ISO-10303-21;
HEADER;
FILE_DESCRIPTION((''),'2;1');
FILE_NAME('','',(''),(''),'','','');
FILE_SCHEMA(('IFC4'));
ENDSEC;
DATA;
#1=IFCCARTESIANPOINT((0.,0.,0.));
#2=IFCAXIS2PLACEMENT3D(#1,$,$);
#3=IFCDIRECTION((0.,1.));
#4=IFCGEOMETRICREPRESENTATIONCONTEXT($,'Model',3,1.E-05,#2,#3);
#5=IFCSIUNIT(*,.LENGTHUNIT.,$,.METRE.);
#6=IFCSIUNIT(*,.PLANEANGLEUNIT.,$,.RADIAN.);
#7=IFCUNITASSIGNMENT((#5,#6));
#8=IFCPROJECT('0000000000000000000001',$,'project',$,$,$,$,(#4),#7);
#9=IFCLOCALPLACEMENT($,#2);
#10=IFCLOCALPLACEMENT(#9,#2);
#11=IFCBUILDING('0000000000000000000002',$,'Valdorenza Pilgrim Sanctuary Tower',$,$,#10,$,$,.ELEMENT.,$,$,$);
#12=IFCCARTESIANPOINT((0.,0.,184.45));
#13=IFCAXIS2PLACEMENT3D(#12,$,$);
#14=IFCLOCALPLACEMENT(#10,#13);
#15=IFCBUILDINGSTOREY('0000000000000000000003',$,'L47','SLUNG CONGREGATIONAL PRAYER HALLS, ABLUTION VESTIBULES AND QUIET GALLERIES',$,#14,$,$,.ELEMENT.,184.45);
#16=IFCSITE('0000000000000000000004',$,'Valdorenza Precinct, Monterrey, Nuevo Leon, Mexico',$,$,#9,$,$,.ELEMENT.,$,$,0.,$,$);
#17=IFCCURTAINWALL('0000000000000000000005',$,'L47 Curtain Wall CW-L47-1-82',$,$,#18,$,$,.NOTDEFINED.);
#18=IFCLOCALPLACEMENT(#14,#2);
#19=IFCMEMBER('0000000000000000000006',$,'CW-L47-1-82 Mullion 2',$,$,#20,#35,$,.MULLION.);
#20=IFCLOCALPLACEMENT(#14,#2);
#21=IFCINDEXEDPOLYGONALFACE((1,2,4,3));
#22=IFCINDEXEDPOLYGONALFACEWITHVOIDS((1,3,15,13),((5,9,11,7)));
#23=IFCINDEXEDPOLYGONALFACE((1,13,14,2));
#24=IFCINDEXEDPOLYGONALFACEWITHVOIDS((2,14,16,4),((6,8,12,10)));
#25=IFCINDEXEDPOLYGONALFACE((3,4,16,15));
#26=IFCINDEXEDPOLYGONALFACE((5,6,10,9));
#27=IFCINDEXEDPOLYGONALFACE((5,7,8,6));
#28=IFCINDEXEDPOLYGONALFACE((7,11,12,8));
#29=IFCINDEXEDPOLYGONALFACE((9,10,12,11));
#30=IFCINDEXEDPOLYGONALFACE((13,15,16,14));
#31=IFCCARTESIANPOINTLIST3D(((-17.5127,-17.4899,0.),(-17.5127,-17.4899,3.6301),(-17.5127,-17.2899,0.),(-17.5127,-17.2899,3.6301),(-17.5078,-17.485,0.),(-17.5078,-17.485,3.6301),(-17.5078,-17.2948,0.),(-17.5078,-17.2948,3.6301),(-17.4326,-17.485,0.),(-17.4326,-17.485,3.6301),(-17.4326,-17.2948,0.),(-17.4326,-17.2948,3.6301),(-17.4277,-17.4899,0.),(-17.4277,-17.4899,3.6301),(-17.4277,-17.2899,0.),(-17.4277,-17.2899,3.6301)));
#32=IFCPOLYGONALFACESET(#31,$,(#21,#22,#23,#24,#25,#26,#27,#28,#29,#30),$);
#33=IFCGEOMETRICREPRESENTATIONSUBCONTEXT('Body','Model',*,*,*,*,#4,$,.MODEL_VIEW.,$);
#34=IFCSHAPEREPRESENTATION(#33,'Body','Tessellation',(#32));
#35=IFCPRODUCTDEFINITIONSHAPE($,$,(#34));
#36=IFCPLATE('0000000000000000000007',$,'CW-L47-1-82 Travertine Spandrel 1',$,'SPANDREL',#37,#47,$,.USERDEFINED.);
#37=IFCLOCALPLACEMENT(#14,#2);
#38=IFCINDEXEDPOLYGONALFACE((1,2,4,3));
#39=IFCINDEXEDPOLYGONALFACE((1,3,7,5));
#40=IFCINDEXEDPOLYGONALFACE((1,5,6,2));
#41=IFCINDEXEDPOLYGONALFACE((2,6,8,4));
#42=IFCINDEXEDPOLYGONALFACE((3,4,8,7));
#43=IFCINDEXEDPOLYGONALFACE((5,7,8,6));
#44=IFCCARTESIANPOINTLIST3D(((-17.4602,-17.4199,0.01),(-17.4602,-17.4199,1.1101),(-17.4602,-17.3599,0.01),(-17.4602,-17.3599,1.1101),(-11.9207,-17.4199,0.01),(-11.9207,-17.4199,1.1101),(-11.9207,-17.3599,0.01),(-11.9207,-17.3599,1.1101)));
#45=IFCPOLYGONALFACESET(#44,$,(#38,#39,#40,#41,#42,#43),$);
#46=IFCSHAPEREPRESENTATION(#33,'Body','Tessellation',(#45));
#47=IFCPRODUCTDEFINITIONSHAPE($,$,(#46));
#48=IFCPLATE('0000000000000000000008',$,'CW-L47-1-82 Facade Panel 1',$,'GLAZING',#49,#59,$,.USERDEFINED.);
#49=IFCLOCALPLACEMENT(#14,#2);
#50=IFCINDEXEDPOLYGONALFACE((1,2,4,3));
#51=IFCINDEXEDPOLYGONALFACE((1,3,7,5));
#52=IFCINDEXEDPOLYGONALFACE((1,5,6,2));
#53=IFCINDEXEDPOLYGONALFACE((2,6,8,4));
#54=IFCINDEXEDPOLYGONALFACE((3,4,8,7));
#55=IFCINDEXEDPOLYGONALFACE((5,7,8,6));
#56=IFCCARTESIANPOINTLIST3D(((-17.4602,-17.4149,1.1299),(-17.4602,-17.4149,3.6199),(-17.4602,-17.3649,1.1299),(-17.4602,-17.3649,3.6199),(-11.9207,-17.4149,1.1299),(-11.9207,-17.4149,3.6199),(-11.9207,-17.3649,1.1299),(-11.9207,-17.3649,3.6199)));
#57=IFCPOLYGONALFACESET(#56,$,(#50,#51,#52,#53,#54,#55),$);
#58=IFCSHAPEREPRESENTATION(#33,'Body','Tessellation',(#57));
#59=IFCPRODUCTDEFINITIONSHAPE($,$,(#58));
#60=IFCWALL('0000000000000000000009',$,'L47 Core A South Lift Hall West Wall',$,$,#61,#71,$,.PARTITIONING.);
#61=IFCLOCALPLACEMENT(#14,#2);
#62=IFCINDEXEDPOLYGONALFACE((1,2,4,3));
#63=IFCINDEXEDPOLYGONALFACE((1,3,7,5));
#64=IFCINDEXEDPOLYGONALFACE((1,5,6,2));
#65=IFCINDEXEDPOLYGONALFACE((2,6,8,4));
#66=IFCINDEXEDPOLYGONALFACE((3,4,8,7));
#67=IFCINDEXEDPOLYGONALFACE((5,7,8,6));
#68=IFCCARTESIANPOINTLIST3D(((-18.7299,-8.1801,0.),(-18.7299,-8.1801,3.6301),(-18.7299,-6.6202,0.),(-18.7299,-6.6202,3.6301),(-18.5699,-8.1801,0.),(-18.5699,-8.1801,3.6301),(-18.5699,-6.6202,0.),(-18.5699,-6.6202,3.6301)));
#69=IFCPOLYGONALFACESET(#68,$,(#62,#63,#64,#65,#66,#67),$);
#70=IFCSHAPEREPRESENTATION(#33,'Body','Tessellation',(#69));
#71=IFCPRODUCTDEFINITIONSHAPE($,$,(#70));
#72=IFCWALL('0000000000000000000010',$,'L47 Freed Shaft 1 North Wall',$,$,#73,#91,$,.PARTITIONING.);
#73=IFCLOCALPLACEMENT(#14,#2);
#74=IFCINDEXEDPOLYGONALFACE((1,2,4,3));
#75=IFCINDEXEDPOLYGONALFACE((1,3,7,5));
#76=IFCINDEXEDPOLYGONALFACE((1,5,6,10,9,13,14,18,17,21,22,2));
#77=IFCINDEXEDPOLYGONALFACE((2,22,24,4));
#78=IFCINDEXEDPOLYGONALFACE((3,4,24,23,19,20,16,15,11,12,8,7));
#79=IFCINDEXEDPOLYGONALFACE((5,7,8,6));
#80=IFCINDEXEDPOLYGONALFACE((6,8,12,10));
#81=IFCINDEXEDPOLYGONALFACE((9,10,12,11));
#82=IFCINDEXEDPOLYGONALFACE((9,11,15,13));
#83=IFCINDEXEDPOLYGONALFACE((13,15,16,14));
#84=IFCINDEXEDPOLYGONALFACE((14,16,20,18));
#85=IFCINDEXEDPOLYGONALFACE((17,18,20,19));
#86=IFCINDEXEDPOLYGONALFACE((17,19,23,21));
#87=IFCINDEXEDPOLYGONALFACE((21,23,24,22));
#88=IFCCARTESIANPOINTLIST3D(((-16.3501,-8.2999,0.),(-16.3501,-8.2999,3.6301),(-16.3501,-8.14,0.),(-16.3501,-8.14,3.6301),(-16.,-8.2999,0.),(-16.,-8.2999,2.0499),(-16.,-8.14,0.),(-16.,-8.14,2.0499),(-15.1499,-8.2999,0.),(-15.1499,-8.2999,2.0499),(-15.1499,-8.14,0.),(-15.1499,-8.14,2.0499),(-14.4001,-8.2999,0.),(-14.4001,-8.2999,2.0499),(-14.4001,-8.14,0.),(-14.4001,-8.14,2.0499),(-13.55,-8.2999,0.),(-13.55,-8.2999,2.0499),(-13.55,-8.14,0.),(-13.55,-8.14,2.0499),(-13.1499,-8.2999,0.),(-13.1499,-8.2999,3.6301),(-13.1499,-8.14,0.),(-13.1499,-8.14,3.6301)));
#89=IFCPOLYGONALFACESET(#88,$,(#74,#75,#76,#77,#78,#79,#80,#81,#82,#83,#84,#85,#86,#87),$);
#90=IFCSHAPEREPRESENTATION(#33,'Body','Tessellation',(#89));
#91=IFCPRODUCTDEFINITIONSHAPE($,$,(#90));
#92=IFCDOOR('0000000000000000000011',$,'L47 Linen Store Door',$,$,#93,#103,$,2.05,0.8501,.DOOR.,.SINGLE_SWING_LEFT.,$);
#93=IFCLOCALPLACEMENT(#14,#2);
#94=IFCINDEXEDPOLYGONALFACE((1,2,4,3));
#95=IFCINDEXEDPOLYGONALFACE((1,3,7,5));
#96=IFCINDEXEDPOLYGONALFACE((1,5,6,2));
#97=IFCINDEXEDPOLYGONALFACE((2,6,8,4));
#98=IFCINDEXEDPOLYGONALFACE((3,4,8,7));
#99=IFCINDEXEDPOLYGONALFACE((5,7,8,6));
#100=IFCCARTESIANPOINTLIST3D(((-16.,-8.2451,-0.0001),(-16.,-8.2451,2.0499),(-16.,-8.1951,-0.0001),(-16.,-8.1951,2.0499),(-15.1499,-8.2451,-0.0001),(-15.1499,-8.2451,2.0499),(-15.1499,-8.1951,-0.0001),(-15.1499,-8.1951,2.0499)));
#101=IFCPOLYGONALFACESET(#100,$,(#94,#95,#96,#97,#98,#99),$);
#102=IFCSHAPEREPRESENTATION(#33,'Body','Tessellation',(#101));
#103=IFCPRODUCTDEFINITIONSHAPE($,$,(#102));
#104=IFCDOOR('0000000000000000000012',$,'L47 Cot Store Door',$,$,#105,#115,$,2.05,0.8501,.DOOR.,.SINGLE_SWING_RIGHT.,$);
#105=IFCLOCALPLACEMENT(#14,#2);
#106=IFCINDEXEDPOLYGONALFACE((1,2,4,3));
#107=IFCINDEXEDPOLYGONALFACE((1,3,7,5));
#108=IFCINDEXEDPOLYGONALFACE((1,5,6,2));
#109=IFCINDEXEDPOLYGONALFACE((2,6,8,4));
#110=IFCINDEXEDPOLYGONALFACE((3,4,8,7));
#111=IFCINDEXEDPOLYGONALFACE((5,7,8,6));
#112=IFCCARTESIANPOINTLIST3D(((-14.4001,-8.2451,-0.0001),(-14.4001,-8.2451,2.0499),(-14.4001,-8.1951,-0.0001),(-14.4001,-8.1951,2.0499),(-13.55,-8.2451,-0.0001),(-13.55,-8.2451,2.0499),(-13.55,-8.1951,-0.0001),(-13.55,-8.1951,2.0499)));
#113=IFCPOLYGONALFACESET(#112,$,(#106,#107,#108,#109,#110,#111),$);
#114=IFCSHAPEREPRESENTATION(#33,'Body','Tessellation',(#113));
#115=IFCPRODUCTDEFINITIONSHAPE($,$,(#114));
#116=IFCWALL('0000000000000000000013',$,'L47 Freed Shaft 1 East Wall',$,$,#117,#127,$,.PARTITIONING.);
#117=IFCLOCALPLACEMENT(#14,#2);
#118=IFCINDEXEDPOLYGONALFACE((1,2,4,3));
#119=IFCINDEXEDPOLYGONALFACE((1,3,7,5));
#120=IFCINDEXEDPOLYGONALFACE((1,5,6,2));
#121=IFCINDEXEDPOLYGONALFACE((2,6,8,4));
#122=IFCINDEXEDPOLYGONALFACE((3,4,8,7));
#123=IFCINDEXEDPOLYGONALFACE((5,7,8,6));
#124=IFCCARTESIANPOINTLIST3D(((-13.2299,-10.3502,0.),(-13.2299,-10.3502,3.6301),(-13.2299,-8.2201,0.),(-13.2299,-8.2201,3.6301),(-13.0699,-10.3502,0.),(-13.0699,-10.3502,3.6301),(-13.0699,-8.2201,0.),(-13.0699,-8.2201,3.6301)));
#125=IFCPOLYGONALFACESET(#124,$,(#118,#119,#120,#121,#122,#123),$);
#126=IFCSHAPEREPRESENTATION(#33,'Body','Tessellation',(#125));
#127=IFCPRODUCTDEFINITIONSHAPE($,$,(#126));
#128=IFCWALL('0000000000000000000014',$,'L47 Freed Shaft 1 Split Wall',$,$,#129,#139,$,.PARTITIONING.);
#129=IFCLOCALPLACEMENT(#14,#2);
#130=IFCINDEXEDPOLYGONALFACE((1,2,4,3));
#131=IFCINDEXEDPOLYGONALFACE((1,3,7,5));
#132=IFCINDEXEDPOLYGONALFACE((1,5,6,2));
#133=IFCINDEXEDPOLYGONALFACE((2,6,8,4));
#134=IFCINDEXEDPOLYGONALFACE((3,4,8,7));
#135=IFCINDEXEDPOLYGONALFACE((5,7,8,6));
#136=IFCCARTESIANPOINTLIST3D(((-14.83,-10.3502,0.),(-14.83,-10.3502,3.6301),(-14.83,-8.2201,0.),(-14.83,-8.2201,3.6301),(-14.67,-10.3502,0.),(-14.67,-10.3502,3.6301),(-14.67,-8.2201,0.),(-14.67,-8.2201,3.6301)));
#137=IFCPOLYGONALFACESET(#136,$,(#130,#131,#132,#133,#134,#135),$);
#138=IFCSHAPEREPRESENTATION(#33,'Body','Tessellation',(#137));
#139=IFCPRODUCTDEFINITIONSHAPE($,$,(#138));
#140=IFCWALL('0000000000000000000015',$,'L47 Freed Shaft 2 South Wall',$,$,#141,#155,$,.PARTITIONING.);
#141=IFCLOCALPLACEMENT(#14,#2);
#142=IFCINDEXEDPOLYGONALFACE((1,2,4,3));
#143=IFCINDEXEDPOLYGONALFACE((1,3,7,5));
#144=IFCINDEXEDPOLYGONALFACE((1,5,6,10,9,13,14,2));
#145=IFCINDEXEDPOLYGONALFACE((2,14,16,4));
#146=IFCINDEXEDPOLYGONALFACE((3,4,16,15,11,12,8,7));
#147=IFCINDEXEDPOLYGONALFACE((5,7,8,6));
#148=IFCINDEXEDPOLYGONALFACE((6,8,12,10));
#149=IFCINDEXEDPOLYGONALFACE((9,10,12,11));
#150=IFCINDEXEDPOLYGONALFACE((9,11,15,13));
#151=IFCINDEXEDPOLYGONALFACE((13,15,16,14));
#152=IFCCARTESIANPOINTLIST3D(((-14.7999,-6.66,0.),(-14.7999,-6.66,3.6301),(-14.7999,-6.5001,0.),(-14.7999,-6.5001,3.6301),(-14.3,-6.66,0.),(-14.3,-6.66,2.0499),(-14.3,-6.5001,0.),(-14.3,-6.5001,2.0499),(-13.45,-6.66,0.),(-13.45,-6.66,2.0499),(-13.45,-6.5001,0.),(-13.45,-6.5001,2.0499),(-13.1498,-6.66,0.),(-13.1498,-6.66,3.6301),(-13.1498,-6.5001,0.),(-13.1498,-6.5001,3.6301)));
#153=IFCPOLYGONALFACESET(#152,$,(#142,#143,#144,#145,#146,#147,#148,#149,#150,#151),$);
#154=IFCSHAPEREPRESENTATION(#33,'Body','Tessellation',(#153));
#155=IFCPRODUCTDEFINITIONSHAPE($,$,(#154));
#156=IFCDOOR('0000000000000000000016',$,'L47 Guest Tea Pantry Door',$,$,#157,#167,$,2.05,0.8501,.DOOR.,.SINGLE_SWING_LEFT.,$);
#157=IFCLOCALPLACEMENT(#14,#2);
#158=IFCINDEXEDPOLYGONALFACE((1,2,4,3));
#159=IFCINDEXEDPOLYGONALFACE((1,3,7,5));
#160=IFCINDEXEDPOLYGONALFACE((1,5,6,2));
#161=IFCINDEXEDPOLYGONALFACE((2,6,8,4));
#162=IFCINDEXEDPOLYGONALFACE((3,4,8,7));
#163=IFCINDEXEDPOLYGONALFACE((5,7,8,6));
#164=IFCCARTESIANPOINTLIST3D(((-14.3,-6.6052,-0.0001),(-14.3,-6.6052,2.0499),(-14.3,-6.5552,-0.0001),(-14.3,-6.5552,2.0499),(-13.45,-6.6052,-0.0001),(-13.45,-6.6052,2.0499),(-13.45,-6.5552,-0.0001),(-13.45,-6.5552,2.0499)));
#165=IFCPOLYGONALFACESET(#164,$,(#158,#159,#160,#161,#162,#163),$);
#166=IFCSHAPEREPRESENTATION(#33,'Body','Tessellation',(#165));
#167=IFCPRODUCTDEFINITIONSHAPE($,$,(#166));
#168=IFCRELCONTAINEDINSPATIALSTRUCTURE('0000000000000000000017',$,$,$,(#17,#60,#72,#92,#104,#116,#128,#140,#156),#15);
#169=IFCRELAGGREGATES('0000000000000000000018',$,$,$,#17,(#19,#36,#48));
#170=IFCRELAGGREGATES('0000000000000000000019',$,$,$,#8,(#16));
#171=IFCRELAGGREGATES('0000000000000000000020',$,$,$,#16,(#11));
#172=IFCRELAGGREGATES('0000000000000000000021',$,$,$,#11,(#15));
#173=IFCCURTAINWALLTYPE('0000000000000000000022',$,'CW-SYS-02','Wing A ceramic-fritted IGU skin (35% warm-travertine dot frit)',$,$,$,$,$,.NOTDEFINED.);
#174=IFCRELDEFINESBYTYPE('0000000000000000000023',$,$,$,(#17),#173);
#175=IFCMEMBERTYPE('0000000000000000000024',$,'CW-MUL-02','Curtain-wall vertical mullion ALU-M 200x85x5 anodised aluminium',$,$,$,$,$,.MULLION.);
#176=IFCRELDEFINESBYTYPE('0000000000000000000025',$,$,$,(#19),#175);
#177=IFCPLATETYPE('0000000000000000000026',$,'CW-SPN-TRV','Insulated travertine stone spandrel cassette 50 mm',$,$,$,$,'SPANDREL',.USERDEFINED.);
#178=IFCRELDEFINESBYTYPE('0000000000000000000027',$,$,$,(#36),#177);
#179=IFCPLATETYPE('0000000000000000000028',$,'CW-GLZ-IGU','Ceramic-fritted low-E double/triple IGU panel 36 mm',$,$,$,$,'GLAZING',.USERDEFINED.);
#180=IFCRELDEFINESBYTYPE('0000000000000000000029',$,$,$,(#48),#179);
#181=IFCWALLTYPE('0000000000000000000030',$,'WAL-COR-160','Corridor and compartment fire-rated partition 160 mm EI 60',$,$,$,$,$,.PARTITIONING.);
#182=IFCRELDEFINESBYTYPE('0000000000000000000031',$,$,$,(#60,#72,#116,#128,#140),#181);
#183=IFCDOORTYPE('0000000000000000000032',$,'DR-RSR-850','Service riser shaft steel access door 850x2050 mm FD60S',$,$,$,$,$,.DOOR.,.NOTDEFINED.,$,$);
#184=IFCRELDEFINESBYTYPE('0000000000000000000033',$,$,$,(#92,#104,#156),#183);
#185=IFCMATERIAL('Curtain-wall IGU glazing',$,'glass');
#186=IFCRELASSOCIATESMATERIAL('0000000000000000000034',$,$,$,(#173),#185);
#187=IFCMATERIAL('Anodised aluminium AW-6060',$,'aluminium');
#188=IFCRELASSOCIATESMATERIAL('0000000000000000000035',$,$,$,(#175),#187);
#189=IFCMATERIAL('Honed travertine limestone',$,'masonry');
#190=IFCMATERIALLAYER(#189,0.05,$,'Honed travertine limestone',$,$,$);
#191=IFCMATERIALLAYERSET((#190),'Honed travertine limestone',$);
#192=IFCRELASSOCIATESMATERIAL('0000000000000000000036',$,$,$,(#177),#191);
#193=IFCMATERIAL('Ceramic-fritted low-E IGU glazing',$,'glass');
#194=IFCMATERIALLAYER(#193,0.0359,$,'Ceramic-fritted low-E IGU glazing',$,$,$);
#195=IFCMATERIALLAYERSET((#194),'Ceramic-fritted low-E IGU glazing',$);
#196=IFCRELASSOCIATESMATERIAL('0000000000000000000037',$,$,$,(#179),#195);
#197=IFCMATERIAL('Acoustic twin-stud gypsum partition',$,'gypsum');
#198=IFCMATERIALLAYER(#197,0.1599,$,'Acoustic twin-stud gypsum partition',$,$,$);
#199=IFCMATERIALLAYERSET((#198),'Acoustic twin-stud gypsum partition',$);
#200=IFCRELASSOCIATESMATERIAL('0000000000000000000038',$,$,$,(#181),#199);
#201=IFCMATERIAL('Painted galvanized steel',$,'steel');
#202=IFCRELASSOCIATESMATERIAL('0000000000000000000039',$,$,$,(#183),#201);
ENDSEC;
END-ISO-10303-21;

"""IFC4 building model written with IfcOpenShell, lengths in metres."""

from ifc_helpers import new_model, si_unit, direction, frame, frame_2d, origin, origin_2d, place, context, subcontext, project, spatial, rectangle, hollow_rectangle, extrude, source, transform, mapped, material, layer, layer_set, material_profile, profile_set, type_object, element, fill, aggregate, save


model = new_model("IFC4")

# Units and contexts
model_context = context("Model", 3, precision=1e-05, world=origin(), true_north=direction((0.0, 1.0)))
body_context = subcontext(model_context, "Body", "Model", "MODEL_VIEW")
ifc_project = project(units=[si_unit("LENGTHUNIT", "METRE"), si_unit("PLANEANGLEUNIT", "RADIAN")], contexts=[model_context])

# Site, building, storey
site_placement = place(None, origin())
site = spatial("IfcSite", under=ifc_project, at=site_placement, Name="Valdorenza Precinct, Monterrey, Nuevo Leon, Mexico", CompositionType="ELEMENT", RefElevation=0.0)
building_placement = place(site_placement, origin())
building = spatial("IfcBuilding", under=site, at=building_placement, Name="Valdorenza Pilgrim Sanctuary Tower", CompositionType="ELEMENT")
storey_placement = place(building_placement, frame((0.0, 0.0, 184.45)))
storey = spatial("IfcBuildingStorey", under=building, at=storey_placement, Name="L47", Description="SLUNG CONGREGATIONAL PRAYER HALLS, ABLUTION VESTIBULES AND QUIET GALLERIES", CompositionType="ELEMENT", Elevation=184.45)

# Curtain wall, member, plates
ifc_material_1 = material(Name="Curtain-wall IGU glazing", Category="glass")
curtain_wall_type = type_object("IfcCurtainWallType", Name="CW-SYS-02", Description="Wing A ceramic-fritted IGU skin (35% warm-travertine dot frit)", PredefinedType="NOTDEFINED", material=ifc_material_1)
curtain_wall_placement = place(storey_placement, origin())
curtain_wall = element("IfcCurtainWall", 1, at=curtain_wall_placement, inside=storey, type_object=curtain_wall_type, Name="L47 Curtain Wall CW-L47-1-82", PredefinedType="NOTDEFINED")
ifc_material_2 = material(Name="Anodised aluminium AW-6060", Category="aluminium")
ifc_material_profile = material_profile(ifc_material_2, hollow_rectangle(XDim=0.085, YDim=0.2, WallThickness=0.0049, at=origin_2d()), Name="ALU-M 200x85x5")
ifc_profile_set = profile_set([ifc_material_profile], Name="Anodised aluminium AW-6060")
member_type = type_object("IfcMemberType", Name="CW-MUL-02", Description="Curtain-wall vertical mullion ALU-M 200x85x5 anodised aluminium", PredefinedType="MULLION", material=ifc_profile_set)
shared_shape_1 = source(origin(), body_context, "Body", "SweptSolid", [
    extrude(hollow_rectangle(XDim=0.085, YDim=0.2, WallThickness=0.0049, at=origin_2d()), origin(), (0.0, 0.0, 1.0), 3.6301),
])
member_placement = place(storey_placement, frame((-17.4702, -17.3899, 0.0), z_axis=(0.0, 0.0, 1.0), x_axis=(-1.0, 0.0, 0.0)))
member = element("IfcMember", 2, at=member_placement, type_object=member_type, Name="CW-L47-1-82 Mullion 2", PredefinedType="MULLION", context=body_context, shape_type="MappedRepresentation", body=[
    mapped(shared_shape_1, transform((0.0, 0.0, 0.0), x_axis=(1.0, 0.0, 0.0), y_axis=(0.0, 1.0, 0.0), z_axis=(0.0, 0.0, 1.0), scale=1.0)),
])
ifc_material_3 = material(Name="Honed travertine limestone", Category="masonry")
ifc_layer_1 = layer(ifc_material_3, 0.05, Name="Honed travertine limestone")
ifc_layer_set_1 = layer_set([ifc_layer_1], Name="Honed travertine limestone")
plate_type_1 = type_object("IfcPlateType", Name="CW-SPN-TRV", Description="Insulated travertine stone spandrel cassette 50 mm", ElementType="SPANDREL", PredefinedType="USERDEFINED", material=ifc_layer_set_1)
shared_shape_2 = source(origin(), body_context, "Body", "SweptSolid", [
    extrude(rectangle(XDim=5.5396, YDim=0.0601, at=origin_2d()), origin(), (0.0, 0.0, 1.0), 1.1001),
])
plate_1_placement = place(storey_placement, frame((-14.6904, -17.3899, 0.01), z_axis=(0.0, 0.0, 1.0), x_axis=(-1.0, 0.0, 0.0)))
plate_1 = element("IfcPlate", 3, at=plate_1_placement, type_object=plate_type_1, Name="CW-L47-1-82 Travertine Spandrel 1", ObjectType="SPANDREL", PredefinedType="USERDEFINED", context=body_context, shape_type="MappedRepresentation", body=[
    mapped(shared_shape_2, transform((0.0, 0.0, 0.0), x_axis=(1.0, 0.0, 0.0), y_axis=(0.0, 1.0, 0.0), z_axis=(0.0, 0.0, 1.0), scale=1.0)),
])
ifc_material_4 = material(Name="Ceramic-fritted low-E IGU glazing", Category="glass")
ifc_layer_2 = layer(ifc_material_4, 0.0359, Name="Ceramic-fritted low-E IGU glazing")
ifc_layer_set_2 = layer_set([ifc_layer_2], Name="Ceramic-fritted low-E IGU glazing")
plate_type_2 = type_object("IfcPlateType", Name="CW-GLZ-IGU", Description="Ceramic-fritted low-E double/triple IGU panel 36 mm", ElementType="GLAZING", PredefinedType="USERDEFINED", material=ifc_layer_set_2)
shared_shape_3 = source(origin(), body_context, "Body", "SweptSolid", [
    extrude(rectangle(XDim=5.5396, YDim=0.05, at=origin_2d()), origin(), (0.0, 0.0, 1.0), 2.49),
])
plate_2_placement = place(storey_placement, frame((-14.6904, -17.3899, 1.1299), z_axis=(0.0, 0.0, 1.0), x_axis=(-1.0, 0.0, 0.0)))
plate_2 = element("IfcPlate", 4, at=plate_2_placement, type_object=plate_type_2, Name="CW-L47-1-82 Facade Panel 1", ObjectType="GLAZING", PredefinedType="USERDEFINED", context=body_context, shape_type="MappedRepresentation", body=[
    mapped(shared_shape_3, transform((0.0, 0.0, 0.0), x_axis=(1.0, 0.0, 0.0), y_axis=(0.0, 1.0, 0.0), z_axis=(0.0, 0.0, 1.0), scale=1.0)),
])
aggregate(curtain_wall, [member, plate_1, plate_2])

# Wall
ifc_material_5 = material(Name="Acoustic twin-stud gypsum partition", Category="gypsum")
ifc_layer_3 = layer(ifc_material_5, 0.1599, Name="Acoustic twin-stud gypsum partition")
ifc_layer_set_3 = layer_set([ifc_layer_3], Name="Acoustic twin-stud gypsum partition")
wall_type_1 = type_object("IfcWallType", Name="WAL-COR-160", Description="Corridor and compartment fire-rated partition 160 mm EI 60", PredefinedType="PARTITIONING", material=ifc_layer_set_3)
wall_1_placement = place(storey_placement, frame((-18.6499, -8.1799, 0.0), z_axis=(0.0, 0.0, 1.0), x_axis=(0.0, 1.0, 0.0)))
element("IfcWall", 5, at=wall_1_placement, inside=storey, type_object=wall_type_1, Name="L47 Core A South Lift Hall West Wall", PredefinedType="PARTITIONING", context=body_context, shape_type="SweptSolid", body=[
    extrude(rectangle(XDim=1.5598, YDim=0.1599, at=frame_2d((0.7798, 0.0))), origin(), (0.0, 0.0, 1.0), 3.6301),
])

# Wall, openings, doors
wall_2_placement = place(storey_placement, frame((-16.3501, -8.22, 0.0), z_axis=(0.0, 0.0, 1.0), x_axis=(1.0, 0.0, 0.0)))
wall_2 = element("IfcWall", 6, at=wall_2_placement, inside=storey, type_object=wall_type_1, Name="L47 Freed Shaft 1 North Wall", PredefinedType="PARTITIONING", context=body_context, shape_type="SweptSolid", body=[
    extrude(rectangle(XDim=3.2002, YDim=0.1599, at=frame_2d((1.6001, 0.0))), origin(), (0.0, 0.0, 1.0), 3.6301),
])
opening_1_placement = place(wall_2_placement, frame((0.3501, 0.0, 0.0)))
opening_1 = element("IfcOpeningElement", 7, at=opening_1_placement, cuts=wall_2, PredefinedType="OPENING", context=body_context, shape_type="SweptSolid", body=[
    extrude(rectangle(XDim=0.8501, YDim=2.05, at=frame_2d((0.425, 1.0249))), frame((0.0, 0.0947, 0.0), z_axis=(0.0, -1.0, 0.0), x_axis=(1.0, 0.0, 0.0)), (0.0, 0.0, 1.0), 0.1897),
])
opening_2_placement = place(wall_2_placement, frame((1.95, 0.0, 0.0)))
opening_2 = element("IfcOpeningElement", 8, at=opening_2_placement, cuts=wall_2, PredefinedType="OPENING", context=body_context, shape_type="SweptSolid", body=[
    extrude(rectangle(XDim=0.8501, YDim=2.05, at=frame_2d((0.425, 1.0249))), frame((0.0, 0.0947, 0.0), z_axis=(0.0, -1.0, 0.0), x_axis=(1.0, 0.0, 0.0)), (0.0, 0.0, 1.0), 0.1897),
])
ifc_material_6 = material(Name="Painted galvanized steel", Category="steel")
door_type_1 = type_object("IfcDoorType", Name="DR-RSR-850", Description="Service riser shaft steel access door 850x2050 mm FD60S", OperationType="NOTDEFINED", PredefinedType="DOOR", material=ifc_material_6)
door_1_placement = place(opening_1_placement, origin())
door_1 = element("IfcDoor", 9, at=door_1_placement, inside=storey, type_object=door_type_1, Name="L47 Linen Store Door", OperationType="SINGLE_SWING_LEFT", OverallHeight=2.05, OverallWidth=0.8501, PredefinedType="DOOR", context=body_context, shape_type="SweptSolid", body=[
    extrude(rectangle(XDim=0.8501, YDim=2.05, at=frame_2d((0.425, 1.0249))), frame((0.0, 0.0249, 0.0), z_axis=(0.0, -1.0, 0.0), x_axis=(1.0, 0.0, 0.0)), (0.0, 0.0, 1.0), 0.05),
])
fill(opening_1, door_1)
door_2_placement = place(opening_2_placement, origin())
door_2 = element("IfcDoor", 10, at=door_2_placement, inside=storey, type_object=door_type_1, Name="L47 Cot Store Door", OperationType="SINGLE_SWING_RIGHT", OverallHeight=2.05, OverallWidth=0.8501, PredefinedType="DOOR", context=body_context, shape_type="SweptSolid", body=[
    extrude(rectangle(XDim=0.8501, YDim=2.05, at=frame_2d((0.425, 1.0249))), frame((0.0, 0.0249, 0.0), z_axis=(0.0, -1.0, 0.0), x_axis=(1.0, 0.0, 0.0)), (0.0, 0.0, 1.0), 0.05),
])
fill(opening_2, door_2)

# Walls
for number, where, z_axis, x_axis, name in (
    (11, (-13.1499, -10.3501, 0.0), (0.0, 0.0, 1.0), (0.0, 1.0, 0.0), "L47 Freed Shaft 1 East Wall"),
    (12, (-14.75, -10.3501, 0.0), (0.0, 0.0, 1.0), (0.0, 1.0, 0.0), "L47 Freed Shaft 1 Split Wall"),
):
    element("IfcWall", number, at=place(storey_placement, frame(where, z_axis=z_axis, x_axis=x_axis)), inside=storey, type_object=wall_type_1, Name=name, PredefinedType="PARTITIONING", context=body_context, shape_type="SweptSolid", body=[
        extrude(rectangle(XDim=2.1301, YDim=0.1599, at=frame_2d((1.0649, 0.0))), origin(), (0.0, 0.0, 1.0), 3.6301),
    ])

# Wall, opening, door
wall_3_placement = place(storey_placement, frame((-14.8, -6.5801, 0.0), z_axis=(0.0, 0.0, 1.0), x_axis=(1.0, 0.0, 0.0)))
wall_3 = element("IfcWall", 13, at=wall_3_placement, inside=storey, type_object=wall_type_1, Name="L47 Freed Shaft 2 South Wall", PredefinedType="PARTITIONING", context=body_context, shape_type="SweptSolid", body=[
    extrude(rectangle(XDim=1.6501, YDim=0.1599, at=frame_2d((0.8252, 0.0))), origin(), (0.0, 0.0, 1.0), 3.6301),
])
opening_3_placement = place(wall_3_placement, frame((0.5, 0.0, 0.0)))
opening_3 = element("IfcOpeningElement", 14, at=opening_3_placement, cuts=wall_3, PredefinedType="OPENING", context=body_context, shape_type="SweptSolid", body=[
    extrude(rectangle(XDim=0.8501, YDim=2.05, at=frame_2d((0.425, 1.0249))), frame((0.0, 0.0947, 0.0), z_axis=(0.0, -1.0, 0.0), x_axis=(1.0, 0.0, 0.0)), (0.0, 0.0, 1.0), 0.1897),
])
door_3_placement = place(opening_3_placement, origin())
door_3 = element("IfcDoor", 15, at=door_3_placement, inside=storey, type_object=door_type_1, Name="L47 Guest Tea Pantry Door", OperationType="SINGLE_SWING_LEFT", OverallHeight=2.05, OverallWidth=0.8501, PredefinedType="DOOR", context=body_context, shape_type="SweptSolid", body=[
    extrude(rectangle(XDim=0.8501, YDim=2.05, at=frame_2d((0.425, 1.0249))), frame((0.0, 0.0249, 0.0), z_axis=(0.0, -1.0, 0.0), x_axis=(1.0, 0.0, 0.0)), (0.0, 0.0, 1.0), 0.05),
])
fill(opening_3, door_3)

save(model, "model.ifc")
